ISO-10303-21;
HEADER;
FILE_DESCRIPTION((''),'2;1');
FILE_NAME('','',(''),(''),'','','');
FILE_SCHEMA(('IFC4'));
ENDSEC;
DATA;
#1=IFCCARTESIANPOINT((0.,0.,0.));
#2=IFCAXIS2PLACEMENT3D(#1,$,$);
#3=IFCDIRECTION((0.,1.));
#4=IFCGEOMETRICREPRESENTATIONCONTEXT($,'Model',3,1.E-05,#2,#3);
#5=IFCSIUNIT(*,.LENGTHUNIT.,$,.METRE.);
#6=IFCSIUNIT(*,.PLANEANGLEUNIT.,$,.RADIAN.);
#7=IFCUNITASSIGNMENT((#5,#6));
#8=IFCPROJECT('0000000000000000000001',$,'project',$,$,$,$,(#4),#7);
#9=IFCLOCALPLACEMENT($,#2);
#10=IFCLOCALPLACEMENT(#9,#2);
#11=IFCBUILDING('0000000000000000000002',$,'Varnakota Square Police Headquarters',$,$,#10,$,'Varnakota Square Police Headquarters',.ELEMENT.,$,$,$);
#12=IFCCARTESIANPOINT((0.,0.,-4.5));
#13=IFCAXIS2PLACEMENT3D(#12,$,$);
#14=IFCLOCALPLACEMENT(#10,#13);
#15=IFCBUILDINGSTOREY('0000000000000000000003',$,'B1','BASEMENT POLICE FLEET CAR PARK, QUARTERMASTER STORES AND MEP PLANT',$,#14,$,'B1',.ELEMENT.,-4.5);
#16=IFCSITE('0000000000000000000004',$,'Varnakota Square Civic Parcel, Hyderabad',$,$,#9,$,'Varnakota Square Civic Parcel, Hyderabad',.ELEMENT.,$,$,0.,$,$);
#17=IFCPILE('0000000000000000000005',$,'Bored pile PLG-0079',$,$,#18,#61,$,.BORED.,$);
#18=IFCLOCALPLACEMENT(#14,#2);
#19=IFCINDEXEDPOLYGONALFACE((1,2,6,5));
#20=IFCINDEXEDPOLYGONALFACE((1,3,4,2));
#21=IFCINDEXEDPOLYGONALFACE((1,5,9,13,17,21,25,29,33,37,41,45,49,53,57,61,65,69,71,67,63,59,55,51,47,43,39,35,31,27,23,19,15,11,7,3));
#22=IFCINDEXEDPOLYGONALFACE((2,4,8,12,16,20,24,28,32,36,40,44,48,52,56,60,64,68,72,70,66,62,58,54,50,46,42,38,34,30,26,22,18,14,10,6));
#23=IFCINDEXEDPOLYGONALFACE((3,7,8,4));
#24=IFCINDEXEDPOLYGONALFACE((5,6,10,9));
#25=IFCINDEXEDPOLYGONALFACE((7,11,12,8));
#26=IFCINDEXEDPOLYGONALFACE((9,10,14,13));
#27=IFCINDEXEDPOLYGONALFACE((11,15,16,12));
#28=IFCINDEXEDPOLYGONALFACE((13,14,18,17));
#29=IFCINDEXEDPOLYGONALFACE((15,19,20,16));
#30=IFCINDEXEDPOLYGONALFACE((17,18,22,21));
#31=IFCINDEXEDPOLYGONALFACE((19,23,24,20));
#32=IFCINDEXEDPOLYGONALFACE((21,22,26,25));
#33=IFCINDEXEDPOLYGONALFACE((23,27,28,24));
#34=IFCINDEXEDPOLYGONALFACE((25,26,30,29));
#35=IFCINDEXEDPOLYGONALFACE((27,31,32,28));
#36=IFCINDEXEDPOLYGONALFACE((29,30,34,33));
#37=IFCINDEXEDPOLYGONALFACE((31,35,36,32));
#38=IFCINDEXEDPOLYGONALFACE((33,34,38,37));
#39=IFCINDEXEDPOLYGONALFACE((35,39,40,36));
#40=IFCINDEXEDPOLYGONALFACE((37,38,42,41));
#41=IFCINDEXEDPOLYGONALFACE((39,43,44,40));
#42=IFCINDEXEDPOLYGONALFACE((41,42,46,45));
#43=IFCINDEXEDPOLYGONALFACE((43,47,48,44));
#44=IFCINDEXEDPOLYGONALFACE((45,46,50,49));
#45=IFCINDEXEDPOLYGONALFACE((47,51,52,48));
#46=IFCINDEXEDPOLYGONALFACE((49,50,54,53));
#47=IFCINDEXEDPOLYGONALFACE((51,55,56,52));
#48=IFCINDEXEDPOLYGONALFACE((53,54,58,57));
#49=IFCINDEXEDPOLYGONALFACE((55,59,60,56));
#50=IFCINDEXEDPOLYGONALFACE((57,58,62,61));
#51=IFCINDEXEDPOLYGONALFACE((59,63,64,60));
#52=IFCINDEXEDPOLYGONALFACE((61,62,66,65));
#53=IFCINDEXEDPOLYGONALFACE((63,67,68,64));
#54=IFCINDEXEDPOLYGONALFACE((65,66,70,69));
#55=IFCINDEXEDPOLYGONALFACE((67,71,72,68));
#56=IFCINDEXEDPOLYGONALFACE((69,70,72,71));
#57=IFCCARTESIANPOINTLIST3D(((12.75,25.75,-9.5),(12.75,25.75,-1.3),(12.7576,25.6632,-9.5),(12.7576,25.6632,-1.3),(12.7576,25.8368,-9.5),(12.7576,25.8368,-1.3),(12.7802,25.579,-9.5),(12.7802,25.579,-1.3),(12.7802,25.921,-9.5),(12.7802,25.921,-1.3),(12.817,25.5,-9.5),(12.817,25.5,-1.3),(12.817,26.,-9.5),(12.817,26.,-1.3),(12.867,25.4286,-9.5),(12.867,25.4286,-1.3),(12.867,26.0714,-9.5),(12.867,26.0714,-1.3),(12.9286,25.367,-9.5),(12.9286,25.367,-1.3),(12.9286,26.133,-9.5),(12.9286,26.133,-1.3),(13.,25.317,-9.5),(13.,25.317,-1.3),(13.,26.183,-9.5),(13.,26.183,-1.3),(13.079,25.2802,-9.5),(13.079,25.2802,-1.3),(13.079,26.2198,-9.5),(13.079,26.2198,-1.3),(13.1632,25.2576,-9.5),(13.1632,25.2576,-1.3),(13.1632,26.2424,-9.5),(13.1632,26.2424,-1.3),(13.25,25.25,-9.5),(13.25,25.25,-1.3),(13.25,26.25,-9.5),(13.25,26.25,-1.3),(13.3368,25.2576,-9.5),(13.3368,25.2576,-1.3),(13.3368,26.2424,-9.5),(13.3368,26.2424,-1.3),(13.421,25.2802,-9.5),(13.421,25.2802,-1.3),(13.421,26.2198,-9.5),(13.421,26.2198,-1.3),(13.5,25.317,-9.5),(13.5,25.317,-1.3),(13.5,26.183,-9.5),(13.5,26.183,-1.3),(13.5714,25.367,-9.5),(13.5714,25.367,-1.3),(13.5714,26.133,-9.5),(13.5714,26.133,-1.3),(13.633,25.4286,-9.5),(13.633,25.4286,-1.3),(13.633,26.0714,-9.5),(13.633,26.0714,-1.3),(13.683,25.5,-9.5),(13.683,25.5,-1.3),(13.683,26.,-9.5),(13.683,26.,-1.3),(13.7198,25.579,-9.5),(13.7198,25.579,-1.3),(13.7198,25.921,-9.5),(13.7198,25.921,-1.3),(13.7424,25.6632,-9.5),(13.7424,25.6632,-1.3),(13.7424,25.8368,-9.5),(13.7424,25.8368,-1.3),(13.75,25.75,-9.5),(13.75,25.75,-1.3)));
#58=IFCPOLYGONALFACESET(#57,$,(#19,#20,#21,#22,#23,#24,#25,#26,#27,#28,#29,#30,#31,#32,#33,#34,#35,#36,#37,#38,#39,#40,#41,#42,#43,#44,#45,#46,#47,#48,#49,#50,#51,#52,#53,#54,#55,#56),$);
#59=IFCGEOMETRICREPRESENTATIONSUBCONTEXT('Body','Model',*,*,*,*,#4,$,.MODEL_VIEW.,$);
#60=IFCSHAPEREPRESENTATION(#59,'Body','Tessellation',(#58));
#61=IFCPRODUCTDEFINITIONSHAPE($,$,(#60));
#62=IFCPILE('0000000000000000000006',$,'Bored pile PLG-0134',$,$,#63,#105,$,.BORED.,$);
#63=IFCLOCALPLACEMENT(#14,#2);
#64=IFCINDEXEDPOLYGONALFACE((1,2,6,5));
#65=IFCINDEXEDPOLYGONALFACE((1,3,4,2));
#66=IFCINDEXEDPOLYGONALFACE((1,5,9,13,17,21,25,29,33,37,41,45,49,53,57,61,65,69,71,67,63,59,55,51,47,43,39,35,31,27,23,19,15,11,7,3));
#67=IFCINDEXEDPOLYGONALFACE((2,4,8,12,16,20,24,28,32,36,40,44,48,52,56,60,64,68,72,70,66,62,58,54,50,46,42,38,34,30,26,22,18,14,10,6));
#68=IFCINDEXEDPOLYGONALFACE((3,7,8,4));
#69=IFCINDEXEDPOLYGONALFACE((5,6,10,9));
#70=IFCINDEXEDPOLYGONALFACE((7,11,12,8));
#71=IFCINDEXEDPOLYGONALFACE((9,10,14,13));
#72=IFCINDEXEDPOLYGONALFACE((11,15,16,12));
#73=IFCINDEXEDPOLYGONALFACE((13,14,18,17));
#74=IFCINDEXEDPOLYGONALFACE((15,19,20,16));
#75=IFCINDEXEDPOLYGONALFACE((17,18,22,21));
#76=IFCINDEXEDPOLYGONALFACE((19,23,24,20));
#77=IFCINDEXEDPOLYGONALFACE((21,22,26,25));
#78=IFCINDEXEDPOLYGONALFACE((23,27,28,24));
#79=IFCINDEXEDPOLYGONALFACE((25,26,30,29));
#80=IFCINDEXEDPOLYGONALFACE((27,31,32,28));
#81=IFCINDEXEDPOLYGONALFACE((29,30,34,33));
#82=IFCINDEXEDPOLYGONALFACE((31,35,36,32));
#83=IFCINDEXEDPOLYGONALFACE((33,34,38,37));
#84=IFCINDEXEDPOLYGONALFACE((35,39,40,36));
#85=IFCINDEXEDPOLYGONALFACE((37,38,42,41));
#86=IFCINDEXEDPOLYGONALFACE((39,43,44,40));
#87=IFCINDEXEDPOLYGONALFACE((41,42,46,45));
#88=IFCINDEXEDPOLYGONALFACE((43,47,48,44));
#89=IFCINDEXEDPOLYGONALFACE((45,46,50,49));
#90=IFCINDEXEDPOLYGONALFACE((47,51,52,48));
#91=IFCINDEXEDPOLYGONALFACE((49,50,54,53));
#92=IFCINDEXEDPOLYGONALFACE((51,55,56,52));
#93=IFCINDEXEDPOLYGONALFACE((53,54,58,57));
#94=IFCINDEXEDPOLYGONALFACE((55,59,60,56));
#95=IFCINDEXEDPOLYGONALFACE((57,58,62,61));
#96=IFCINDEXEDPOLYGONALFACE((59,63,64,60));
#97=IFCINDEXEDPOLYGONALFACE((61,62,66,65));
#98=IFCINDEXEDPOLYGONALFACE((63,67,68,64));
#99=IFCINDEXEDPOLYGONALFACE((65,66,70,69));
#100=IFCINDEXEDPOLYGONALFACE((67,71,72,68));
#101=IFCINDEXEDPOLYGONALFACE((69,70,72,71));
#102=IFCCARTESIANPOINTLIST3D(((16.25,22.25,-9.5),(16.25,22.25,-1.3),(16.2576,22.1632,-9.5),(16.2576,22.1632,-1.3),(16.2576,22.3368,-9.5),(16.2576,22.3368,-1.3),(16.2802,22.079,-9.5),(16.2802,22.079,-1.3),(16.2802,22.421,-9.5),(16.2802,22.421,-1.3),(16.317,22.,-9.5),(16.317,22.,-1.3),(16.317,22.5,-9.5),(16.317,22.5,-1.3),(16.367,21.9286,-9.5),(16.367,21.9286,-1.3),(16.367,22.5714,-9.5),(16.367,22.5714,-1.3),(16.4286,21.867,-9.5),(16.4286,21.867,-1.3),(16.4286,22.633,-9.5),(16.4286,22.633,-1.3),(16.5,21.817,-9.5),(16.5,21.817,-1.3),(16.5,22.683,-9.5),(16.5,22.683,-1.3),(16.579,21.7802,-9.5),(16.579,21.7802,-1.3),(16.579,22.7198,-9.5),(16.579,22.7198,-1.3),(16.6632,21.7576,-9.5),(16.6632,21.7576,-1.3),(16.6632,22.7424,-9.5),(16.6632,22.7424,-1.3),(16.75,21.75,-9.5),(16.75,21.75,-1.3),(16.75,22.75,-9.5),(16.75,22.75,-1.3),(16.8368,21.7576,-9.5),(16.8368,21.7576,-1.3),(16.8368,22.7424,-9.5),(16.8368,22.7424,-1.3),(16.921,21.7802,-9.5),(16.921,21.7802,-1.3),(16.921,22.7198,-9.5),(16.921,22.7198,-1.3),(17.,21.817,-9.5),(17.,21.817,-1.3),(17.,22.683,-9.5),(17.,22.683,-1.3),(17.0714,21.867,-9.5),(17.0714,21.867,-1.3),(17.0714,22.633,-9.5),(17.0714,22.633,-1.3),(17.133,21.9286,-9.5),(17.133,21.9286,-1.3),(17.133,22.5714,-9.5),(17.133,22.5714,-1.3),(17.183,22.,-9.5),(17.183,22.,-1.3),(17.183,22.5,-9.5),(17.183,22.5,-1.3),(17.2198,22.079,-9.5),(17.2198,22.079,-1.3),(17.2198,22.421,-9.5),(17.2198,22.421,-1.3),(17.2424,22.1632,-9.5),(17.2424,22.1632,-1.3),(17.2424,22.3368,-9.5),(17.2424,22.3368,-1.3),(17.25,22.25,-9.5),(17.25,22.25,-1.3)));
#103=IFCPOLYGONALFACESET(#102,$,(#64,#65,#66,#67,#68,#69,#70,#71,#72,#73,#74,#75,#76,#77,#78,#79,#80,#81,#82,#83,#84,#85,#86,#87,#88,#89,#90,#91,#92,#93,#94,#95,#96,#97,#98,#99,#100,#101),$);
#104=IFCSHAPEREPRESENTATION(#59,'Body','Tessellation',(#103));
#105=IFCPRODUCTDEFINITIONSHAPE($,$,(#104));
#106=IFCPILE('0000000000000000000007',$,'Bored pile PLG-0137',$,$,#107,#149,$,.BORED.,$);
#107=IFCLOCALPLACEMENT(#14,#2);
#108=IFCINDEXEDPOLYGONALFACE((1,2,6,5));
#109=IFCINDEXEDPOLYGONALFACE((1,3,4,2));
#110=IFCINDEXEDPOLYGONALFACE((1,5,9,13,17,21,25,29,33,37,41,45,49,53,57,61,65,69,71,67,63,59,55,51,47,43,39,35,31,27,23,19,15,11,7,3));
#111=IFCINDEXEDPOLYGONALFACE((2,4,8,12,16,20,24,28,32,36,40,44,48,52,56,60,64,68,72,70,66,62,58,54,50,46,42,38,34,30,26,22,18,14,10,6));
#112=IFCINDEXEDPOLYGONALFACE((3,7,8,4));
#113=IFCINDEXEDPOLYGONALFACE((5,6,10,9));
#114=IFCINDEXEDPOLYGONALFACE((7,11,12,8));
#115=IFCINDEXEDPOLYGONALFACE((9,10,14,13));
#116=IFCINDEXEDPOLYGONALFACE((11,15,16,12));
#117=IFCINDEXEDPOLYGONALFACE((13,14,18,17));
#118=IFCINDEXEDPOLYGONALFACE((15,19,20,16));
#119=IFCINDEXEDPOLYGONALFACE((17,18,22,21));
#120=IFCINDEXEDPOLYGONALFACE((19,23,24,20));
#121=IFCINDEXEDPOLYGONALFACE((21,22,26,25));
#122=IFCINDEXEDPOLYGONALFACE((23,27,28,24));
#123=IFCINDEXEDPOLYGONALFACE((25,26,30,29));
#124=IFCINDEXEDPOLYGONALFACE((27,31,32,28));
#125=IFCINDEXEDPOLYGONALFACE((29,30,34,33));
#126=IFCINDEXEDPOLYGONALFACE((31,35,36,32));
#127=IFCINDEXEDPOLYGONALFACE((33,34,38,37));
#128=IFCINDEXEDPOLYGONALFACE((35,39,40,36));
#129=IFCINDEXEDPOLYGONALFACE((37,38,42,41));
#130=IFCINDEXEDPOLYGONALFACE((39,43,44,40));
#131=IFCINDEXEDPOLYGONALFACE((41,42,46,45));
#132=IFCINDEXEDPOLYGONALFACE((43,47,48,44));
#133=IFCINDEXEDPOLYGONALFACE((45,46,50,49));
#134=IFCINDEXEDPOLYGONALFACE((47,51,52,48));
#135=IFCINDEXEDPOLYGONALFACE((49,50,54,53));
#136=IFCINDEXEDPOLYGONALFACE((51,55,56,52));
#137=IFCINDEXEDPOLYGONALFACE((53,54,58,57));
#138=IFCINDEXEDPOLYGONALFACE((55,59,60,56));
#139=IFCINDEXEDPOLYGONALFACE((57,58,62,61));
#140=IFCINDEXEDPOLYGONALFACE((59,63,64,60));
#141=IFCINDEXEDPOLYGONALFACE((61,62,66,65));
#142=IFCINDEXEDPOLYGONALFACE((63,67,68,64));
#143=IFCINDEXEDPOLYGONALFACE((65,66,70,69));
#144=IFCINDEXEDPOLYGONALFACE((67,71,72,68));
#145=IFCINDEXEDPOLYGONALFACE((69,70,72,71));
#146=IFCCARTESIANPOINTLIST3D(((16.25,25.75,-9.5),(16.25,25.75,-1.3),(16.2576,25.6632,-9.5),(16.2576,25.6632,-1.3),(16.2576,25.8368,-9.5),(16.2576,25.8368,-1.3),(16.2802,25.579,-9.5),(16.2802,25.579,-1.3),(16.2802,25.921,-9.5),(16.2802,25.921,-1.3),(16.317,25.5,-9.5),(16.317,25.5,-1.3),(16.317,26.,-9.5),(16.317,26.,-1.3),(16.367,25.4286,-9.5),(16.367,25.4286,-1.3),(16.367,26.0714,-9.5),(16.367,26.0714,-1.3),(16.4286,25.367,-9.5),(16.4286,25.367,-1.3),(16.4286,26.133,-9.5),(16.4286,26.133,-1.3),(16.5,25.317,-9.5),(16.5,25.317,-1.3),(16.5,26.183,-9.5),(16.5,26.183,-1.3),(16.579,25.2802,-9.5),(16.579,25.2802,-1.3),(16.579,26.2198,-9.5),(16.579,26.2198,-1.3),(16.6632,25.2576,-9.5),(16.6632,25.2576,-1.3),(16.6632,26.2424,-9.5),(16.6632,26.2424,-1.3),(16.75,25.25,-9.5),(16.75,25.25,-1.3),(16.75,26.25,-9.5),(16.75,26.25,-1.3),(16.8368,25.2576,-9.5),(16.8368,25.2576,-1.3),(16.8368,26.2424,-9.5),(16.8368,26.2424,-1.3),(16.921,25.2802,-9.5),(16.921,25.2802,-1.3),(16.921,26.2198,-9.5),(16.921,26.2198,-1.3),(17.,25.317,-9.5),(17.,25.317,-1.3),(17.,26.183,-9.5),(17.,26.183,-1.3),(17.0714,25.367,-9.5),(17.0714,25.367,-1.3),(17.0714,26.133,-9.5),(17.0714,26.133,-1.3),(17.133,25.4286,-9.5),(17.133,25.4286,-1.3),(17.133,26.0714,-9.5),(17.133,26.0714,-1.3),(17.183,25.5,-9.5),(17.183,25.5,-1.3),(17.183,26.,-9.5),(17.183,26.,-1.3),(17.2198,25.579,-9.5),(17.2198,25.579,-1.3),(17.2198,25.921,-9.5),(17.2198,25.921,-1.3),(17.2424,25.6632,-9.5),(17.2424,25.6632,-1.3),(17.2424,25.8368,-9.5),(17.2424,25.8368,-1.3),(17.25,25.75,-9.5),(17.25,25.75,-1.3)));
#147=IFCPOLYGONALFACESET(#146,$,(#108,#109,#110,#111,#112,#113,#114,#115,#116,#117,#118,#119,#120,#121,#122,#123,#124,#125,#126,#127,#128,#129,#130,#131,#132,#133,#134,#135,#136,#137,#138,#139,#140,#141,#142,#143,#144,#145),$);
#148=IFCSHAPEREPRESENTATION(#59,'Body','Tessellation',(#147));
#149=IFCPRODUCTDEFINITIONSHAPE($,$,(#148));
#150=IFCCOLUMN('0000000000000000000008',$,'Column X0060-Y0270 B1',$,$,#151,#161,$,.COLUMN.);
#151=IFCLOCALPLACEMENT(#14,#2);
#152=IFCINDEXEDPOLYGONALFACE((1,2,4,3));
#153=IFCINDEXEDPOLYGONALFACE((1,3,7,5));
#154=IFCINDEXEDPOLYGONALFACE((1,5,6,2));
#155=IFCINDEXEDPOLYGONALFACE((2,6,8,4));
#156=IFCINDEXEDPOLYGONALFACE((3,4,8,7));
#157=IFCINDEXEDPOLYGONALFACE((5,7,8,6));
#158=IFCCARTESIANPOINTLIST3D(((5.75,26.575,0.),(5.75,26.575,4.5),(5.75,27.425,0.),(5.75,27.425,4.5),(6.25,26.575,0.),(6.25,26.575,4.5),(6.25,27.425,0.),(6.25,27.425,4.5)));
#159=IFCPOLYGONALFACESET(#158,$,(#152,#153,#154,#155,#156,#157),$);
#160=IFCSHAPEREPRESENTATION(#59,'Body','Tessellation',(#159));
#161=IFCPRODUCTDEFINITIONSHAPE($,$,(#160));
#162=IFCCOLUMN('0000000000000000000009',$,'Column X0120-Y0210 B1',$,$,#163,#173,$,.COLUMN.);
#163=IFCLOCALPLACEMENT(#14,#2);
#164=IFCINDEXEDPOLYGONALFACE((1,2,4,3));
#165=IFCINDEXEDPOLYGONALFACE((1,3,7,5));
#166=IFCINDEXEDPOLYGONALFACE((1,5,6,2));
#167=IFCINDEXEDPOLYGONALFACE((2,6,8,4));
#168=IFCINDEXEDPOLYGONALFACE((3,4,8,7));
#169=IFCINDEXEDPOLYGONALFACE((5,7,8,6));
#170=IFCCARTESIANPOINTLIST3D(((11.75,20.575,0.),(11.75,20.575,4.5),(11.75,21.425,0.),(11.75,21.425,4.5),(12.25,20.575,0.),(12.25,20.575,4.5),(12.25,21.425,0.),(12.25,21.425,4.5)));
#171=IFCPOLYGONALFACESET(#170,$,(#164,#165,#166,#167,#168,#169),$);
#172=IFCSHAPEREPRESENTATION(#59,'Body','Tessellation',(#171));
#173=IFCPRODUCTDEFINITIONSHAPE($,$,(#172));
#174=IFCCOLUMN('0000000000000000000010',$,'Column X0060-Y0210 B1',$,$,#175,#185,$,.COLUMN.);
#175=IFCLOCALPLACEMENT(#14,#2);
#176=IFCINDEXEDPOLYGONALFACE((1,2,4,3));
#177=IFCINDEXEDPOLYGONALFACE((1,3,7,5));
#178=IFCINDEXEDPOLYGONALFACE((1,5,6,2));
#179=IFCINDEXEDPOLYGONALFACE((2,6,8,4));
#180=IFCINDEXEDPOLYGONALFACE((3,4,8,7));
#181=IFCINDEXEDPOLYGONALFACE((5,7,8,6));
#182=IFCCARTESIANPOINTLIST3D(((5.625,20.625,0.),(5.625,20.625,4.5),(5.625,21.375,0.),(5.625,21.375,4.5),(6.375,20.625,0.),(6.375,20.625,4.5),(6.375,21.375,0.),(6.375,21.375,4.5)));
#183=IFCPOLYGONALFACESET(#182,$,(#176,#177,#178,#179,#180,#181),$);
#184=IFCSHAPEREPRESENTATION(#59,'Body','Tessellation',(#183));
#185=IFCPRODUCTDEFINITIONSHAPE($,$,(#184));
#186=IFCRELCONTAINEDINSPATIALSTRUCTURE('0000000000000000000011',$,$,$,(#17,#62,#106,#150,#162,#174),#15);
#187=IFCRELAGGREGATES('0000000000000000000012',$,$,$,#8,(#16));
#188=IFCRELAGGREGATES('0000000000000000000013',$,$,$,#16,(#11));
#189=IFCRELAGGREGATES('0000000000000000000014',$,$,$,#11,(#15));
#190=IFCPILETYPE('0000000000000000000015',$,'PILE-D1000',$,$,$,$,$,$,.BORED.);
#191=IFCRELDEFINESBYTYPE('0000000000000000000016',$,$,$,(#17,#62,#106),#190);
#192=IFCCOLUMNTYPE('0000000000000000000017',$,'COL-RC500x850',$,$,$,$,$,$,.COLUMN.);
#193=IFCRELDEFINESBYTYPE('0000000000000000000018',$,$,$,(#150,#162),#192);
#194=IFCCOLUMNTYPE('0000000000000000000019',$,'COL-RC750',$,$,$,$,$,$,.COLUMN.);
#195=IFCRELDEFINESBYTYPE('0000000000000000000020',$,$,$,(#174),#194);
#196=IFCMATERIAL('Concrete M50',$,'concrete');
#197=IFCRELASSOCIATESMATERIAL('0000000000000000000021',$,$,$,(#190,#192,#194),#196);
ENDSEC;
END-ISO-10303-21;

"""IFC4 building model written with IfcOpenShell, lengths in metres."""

from ifc_helpers import new_model, si_unit, direction, frame, origin, origin_2d, place, context, subcontext, project, spatial, rectangle, circle, extrude, material, material_profile, profile_set, type_object, element, save


model = new_model("IFC4")

# Units and contexts
model_context = context("Model", 3, precision=1e-05, world=origin(), true_north=direction((0.0, 1.0)))
body_context = subcontext(model_context, "Body", "Model", "MODEL_VIEW")
ifc_project = project(units=[si_unit("LENGTHUNIT", "METRE"), si_unit("PLANEANGLEUNIT", "RADIAN")], contexts=[model_context])

# Site, building, storey
site_placement = place(None, origin())
site = spatial("IfcSite", under=ifc_project, at=site_placement, Name="Varnakota Square Civic Parcel, Hyderabad", LongName="Varnakota Square Civic Parcel, Hyderabad", CompositionType="ELEMENT", RefElevation=0.0)
building_placement = place(site_placement, origin())
building = spatial("IfcBuilding", under=site, at=building_placement, Name="Varnakota Square Police Headquarters", LongName="Varnakota Square Police Headquarters", CompositionType="ELEMENT")
storey_placement = place(building_placement, frame((0.0, 0.0, -4.5)))
storey = spatial("IfcBuildingStorey", under=building, at=storey_placement, Name="B1", Description="BASEMENT POLICE FLEET CAR PARK, QUARTERMASTER STORES AND MEP PLANT", LongName="B1", CompositionType="ELEMENT", Elevation=-4.5)

# Shared definitions
ifc_material_1 = material(Name="Concrete M50", Category="concrete")

# Piles
ifc_material_profile_1 = material_profile(ifc_material_1, circle(Radius=0.5, at=origin_2d()), Name="BORED PILE 1000")
ifc_profile_set_1 = profile_set([ifc_material_profile_1], Name="Concrete M50")
pile_type = type_object("IfcPileType", Name="PILE-D1000", PredefinedType="BORED", material=ifc_profile_set_1)
for number, where, z_axis, x_axis, name in (
    (1, (13.25, 25.75, -1.3), (0.0, 0.0, -1.0), (1.0, 0.0, 0.0), "Bored pile PLG-0079"),
    (2, (16.75, 22.25, -1.3), (0.0, 0.0, -1.0), (1.0, 0.0, 0.0), "Bored pile PLG-0134"),
    (3, (16.75, 25.75, -1.3), (0.0, 0.0, -1.0), (1.0, 0.0, 0.0), "Bored pile PLG-0137"),
):
    element("IfcPile", number, at=place(storey_placement, frame(where, z_axis=z_axis, x_axis=x_axis)), inside=storey, type_object=pile_type, Name=name, PredefinedType="BORED", context=body_context, shape_type="SweptSolid", body=[
        extrude(circle(Radius=0.5, at=origin_2d()), origin(), (0.0, 0.0, 1.0), 8.2),
    ])

# Columns
ifc_material_profile_2 = material_profile(ifc_material_1, rectangle(XDim=0.5, YDim=0.8501, at=origin_2d()), Name="RC 500x850")
ifc_profile_set_2 = profile_set([ifc_material_profile_2], Name="Concrete M50")
column_type_1 = type_object("IfcColumnType", Name="COL-RC500x850", PredefinedType="COLUMN", material=ifc_profile_set_2)
for number, where, z_axis, x_axis, name in (
    (4, (6.0, 27.0, 0.0), (0.0, 0.0, 1.0), (1.0, 0.0, 0.0), "Column X0060-Y0270 B1"),
    (5, (12.0, 21.0, 0.0), (0.0, 0.0, 1.0), (1.0, 0.0, 0.0), "Column X0120-Y0210 B1"),
):
    element("IfcColumn", number, at=place(storey_placement, frame(where, z_axis=z_axis, x_axis=x_axis)), inside=storey, type_object=column_type_1, Name=name, PredefinedType="COLUMN", context=body_context, shape_type="SweptSolid", body=[
        extrude(rectangle(XDim=0.5, YDim=0.8501, at=origin_2d()), origin(), (0.0, 0.0, 1.0), 4.5),
    ])
ifc_material_profile_3 = material_profile(ifc_material_1, rectangle(XDim=0.75, YDim=0.75, at=origin_2d()), Name="RC 750x750")
ifc_profile_set_3 = profile_set([ifc_material_profile_3], Name="Concrete M50")
column_type_2 = type_object("IfcColumnType", Name="COL-RC750", PredefinedType="COLUMN", material=ifc_profile_set_3)
column_placement = place(storey_placement, frame((6.0, 21.0, 0.0), z_axis=(0.0, 0.0, 1.0), x_axis=(1.0, 0.0, 0.0)))
element("IfcColumn", 6, at=column_placement, inside=storey, type_object=column_type_2, Name="Column X0060-Y0210 B1", PredefinedType="COLUMN", context=body_context, shape_type="SweptSolid", body=[
    extrude(rectangle(XDim=0.75, YDim=0.75, at=origin_2d()), origin(), (0.0, 0.0, 1.0), 4.5),
])

save(model, "model.ifc")
